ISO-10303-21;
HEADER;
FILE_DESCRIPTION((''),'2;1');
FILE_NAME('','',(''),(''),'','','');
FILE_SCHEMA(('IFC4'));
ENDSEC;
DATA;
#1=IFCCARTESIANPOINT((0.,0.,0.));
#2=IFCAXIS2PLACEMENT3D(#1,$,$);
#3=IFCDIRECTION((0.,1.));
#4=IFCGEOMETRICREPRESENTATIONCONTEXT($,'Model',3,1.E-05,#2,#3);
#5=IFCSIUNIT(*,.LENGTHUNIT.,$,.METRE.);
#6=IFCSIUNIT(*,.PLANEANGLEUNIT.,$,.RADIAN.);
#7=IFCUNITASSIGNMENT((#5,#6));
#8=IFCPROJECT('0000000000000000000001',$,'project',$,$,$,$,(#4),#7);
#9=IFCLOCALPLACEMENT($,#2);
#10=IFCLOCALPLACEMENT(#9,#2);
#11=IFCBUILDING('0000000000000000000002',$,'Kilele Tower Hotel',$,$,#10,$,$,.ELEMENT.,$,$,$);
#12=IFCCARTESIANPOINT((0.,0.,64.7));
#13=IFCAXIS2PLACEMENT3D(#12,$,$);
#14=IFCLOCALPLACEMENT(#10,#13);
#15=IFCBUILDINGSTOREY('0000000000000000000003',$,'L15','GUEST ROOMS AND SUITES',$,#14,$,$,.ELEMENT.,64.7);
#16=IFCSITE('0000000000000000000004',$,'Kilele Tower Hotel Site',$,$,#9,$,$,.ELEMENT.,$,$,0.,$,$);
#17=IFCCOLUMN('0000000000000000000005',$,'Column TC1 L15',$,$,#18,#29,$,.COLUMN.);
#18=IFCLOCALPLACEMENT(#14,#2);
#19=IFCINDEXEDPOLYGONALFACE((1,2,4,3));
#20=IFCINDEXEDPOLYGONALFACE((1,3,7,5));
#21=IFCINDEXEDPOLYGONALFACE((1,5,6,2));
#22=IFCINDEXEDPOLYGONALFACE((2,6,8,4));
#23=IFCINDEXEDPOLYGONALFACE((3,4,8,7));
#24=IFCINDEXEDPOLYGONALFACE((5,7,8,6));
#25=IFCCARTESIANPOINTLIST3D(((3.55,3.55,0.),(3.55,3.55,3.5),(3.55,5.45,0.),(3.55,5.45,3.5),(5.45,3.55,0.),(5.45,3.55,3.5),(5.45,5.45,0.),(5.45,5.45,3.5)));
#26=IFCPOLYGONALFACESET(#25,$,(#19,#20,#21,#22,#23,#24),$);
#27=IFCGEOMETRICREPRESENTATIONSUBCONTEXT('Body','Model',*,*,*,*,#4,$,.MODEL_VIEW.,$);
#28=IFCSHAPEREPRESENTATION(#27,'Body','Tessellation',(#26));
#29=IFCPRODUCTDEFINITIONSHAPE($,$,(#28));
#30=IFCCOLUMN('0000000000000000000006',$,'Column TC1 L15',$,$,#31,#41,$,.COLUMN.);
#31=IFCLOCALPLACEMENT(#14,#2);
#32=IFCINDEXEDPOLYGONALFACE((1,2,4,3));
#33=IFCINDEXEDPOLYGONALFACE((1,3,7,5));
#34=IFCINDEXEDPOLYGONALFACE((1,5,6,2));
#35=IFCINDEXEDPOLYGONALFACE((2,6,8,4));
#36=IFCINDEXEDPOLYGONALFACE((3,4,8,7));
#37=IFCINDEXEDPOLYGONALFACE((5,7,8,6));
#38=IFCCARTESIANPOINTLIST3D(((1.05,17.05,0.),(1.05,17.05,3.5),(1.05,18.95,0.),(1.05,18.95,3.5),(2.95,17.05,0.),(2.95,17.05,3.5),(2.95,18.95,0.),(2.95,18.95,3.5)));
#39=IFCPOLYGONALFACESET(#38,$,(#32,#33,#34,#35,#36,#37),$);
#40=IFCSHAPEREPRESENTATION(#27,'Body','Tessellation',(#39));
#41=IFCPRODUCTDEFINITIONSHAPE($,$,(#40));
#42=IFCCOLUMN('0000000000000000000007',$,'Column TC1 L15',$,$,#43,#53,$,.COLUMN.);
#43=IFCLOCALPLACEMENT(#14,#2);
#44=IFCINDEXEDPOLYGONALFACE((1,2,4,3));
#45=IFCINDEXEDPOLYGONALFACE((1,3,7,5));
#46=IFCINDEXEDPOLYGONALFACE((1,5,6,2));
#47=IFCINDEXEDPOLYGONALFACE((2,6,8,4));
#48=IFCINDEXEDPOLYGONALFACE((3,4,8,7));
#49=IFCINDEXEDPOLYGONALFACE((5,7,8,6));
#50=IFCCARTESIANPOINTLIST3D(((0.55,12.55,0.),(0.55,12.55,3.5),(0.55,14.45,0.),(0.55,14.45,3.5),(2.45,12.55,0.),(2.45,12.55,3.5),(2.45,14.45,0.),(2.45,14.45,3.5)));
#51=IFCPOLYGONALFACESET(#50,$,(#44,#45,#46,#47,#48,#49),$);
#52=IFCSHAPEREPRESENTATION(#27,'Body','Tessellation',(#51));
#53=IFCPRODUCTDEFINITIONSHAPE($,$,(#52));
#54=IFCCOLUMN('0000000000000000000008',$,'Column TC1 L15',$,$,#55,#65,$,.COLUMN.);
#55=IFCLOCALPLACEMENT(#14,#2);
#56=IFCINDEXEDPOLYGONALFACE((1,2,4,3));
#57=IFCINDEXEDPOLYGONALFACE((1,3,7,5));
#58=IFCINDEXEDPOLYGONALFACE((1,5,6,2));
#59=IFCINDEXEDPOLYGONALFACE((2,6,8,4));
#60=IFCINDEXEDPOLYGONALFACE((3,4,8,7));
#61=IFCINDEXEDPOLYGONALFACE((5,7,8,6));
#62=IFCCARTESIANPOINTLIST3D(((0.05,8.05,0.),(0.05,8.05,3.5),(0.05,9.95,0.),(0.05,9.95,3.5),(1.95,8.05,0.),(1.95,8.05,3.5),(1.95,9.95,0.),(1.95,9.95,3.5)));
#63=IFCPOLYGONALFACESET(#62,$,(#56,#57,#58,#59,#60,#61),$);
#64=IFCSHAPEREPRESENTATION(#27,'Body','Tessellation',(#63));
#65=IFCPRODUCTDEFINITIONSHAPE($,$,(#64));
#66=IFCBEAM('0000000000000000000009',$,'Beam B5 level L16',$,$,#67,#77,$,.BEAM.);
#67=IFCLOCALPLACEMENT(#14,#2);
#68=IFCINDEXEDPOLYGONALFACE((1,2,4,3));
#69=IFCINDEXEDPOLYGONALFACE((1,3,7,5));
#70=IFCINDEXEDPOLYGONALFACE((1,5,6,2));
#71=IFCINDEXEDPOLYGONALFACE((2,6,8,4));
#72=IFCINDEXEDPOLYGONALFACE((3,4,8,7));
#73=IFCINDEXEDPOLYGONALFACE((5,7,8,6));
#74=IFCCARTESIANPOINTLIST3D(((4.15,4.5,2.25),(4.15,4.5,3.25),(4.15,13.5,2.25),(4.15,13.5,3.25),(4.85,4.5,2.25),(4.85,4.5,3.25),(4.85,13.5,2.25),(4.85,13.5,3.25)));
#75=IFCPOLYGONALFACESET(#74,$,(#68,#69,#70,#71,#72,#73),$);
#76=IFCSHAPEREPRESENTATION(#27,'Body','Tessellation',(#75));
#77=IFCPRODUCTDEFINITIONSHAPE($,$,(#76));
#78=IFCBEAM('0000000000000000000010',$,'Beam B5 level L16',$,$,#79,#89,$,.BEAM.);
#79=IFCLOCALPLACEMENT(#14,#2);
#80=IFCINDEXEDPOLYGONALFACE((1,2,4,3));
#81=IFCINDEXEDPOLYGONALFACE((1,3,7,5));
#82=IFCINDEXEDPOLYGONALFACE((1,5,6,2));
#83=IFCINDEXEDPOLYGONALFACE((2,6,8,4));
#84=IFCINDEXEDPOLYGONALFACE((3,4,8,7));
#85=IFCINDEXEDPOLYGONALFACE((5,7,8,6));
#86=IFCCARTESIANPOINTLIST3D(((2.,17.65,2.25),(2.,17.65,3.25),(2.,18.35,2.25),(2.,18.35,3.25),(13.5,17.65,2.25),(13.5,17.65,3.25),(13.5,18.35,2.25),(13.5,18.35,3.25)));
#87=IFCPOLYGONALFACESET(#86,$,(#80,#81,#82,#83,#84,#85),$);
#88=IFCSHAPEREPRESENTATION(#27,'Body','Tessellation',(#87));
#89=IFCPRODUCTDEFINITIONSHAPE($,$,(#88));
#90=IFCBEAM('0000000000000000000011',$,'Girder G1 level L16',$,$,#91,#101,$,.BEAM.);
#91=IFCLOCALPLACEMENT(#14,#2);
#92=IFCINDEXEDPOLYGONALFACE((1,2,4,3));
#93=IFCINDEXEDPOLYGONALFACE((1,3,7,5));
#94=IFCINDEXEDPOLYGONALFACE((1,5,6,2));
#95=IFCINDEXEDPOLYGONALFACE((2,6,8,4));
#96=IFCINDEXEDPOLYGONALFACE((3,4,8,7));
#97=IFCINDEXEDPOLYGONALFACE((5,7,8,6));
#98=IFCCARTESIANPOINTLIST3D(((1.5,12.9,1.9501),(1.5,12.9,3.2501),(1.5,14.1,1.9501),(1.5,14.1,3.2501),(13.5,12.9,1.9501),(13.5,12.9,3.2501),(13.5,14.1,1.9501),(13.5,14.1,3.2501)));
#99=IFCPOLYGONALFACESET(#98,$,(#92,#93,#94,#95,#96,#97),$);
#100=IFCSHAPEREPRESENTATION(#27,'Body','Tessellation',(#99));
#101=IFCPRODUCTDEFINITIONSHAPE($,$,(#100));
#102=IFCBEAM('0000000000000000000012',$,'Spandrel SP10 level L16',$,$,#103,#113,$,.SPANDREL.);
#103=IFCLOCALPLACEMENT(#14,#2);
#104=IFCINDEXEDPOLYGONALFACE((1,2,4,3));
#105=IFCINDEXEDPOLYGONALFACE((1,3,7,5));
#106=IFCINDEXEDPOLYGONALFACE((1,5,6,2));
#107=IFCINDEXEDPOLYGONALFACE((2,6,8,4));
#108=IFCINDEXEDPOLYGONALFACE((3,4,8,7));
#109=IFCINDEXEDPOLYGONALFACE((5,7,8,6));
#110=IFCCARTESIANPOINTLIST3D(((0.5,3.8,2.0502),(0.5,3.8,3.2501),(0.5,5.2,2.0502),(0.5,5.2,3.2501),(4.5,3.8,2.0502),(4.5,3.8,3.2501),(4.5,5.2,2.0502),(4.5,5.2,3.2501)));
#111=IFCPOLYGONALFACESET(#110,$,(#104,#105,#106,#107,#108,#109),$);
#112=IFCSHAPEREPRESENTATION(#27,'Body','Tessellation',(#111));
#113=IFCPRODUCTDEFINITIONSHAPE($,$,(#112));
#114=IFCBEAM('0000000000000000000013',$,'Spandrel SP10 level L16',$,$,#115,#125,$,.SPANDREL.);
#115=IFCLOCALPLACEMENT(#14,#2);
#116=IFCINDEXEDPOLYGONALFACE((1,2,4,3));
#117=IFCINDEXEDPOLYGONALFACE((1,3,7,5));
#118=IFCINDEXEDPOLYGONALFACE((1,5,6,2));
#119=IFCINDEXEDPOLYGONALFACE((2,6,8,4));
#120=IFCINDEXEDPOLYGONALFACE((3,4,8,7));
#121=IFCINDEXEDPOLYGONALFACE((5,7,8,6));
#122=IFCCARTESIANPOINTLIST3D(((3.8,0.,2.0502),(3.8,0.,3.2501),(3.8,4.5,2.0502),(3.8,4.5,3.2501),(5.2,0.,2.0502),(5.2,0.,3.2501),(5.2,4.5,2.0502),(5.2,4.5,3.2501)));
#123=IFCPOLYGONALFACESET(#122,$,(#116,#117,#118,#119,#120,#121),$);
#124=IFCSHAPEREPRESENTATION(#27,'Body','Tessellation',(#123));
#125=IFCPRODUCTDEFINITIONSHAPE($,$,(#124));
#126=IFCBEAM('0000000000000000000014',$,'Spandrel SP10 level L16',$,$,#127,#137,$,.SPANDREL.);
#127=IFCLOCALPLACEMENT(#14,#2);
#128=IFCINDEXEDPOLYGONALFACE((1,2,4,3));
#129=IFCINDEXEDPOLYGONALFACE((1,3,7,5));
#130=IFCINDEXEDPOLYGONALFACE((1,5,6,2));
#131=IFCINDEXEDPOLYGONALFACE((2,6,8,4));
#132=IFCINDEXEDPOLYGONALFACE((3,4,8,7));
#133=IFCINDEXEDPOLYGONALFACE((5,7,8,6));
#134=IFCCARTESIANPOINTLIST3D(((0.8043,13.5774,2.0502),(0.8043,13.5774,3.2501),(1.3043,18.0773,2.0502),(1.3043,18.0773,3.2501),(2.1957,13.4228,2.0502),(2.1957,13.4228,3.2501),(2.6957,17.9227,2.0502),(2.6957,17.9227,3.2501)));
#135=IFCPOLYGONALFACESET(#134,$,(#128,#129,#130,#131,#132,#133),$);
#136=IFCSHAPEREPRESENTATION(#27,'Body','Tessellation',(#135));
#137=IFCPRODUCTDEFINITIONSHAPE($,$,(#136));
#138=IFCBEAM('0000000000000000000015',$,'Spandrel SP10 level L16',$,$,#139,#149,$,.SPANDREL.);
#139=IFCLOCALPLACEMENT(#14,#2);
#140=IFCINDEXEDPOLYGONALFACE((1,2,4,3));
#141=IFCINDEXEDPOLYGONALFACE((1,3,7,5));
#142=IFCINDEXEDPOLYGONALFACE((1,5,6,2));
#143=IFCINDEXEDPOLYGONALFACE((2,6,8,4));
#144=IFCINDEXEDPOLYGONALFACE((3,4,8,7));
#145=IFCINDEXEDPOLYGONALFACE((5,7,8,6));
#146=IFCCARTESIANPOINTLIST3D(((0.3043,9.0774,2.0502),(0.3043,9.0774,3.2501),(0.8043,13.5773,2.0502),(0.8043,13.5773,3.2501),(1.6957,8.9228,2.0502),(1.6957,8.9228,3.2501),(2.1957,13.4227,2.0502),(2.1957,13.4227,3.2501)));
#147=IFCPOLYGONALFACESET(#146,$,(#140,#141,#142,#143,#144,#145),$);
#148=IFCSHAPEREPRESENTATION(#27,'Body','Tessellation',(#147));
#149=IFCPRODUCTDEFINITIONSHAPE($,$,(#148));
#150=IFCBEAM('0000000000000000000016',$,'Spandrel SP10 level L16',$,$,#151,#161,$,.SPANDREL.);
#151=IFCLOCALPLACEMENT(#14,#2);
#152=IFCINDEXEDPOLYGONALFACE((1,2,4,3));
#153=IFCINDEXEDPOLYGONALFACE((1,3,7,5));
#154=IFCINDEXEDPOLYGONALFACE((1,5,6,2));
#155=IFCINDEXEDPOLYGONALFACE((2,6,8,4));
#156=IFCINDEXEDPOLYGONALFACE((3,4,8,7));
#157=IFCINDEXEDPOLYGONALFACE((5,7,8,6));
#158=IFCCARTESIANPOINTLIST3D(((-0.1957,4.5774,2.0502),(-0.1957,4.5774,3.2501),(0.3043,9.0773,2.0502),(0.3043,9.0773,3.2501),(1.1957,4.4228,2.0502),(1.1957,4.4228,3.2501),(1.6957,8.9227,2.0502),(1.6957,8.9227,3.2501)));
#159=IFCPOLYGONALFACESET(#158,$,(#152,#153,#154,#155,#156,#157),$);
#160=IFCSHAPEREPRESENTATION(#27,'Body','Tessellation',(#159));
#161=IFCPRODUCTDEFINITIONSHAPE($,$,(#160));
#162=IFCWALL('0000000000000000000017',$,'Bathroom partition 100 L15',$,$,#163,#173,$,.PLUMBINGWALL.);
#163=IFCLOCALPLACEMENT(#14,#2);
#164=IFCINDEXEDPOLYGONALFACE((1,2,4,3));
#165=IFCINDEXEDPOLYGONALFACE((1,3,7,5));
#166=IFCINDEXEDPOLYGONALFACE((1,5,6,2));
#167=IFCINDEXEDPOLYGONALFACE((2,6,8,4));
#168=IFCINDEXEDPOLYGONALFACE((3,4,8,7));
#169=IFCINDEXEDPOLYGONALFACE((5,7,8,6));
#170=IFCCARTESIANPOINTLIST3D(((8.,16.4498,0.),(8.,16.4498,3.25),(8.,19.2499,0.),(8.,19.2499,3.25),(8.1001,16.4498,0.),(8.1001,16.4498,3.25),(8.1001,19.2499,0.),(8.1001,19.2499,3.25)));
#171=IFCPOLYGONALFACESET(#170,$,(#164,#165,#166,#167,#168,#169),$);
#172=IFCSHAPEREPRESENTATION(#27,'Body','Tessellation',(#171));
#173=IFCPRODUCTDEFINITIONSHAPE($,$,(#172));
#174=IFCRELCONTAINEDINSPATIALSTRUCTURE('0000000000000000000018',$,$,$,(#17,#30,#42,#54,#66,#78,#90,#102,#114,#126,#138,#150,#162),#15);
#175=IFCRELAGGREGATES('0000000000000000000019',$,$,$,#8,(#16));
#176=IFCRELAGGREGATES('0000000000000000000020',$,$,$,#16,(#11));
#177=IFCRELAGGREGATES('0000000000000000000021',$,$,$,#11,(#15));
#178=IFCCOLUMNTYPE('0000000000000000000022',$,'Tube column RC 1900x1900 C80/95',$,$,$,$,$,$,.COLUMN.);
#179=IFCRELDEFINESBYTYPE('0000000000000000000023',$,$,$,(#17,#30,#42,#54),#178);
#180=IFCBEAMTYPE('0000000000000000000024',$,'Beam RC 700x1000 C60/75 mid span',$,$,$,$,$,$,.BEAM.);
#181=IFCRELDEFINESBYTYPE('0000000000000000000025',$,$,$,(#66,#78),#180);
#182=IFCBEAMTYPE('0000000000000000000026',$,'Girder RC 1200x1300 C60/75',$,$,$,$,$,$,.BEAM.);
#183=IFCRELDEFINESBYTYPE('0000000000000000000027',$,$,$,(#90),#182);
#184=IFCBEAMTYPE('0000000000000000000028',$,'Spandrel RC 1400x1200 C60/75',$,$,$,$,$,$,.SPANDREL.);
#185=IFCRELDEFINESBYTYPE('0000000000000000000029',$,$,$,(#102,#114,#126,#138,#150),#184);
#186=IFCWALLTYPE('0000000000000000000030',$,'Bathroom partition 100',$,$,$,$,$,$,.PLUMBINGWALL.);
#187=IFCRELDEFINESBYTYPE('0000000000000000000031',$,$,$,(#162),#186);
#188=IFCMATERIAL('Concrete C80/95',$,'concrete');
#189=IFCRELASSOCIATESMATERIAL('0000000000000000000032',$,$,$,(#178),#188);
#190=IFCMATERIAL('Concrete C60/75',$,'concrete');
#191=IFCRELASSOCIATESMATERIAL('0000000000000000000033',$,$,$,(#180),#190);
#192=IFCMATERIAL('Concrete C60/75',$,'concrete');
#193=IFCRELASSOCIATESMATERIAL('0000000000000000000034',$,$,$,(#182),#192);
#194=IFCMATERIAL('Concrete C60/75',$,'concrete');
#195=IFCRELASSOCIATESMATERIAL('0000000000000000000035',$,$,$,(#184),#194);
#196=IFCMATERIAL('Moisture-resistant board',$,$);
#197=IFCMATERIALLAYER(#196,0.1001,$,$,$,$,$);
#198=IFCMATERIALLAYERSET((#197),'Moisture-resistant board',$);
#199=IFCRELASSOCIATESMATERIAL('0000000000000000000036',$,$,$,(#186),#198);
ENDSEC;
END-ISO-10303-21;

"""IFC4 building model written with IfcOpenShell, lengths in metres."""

from ifc_helpers import new_model, si_unit, direction, frame, frame_2d, origin, origin_2d, place, context, subcontext, project, spatial, rectangle, extrude, material, layer, layer_set, material_profile, profile_set, type_object, element, save


model = new_model("IFC4")

# Units and contexts
model_context = context("Model", 3, precision=1e-05, world=origin(), true_north=direction((0.0, 1.0)))
body_context = subcontext(model_context, "Body", "Model", "MODEL_VIEW")
ifc_project = project(units=[si_unit("LENGTHUNIT", "METRE"), si_unit("PLANEANGLEUNIT", "RADIAN")], contexts=[model_context])

# Site, building, storey
site_placement = place(None, origin())
site = spatial("IfcSite", under=ifc_project, at=site_placement, Name="Kilele Tower Hotel Site", CompositionType="ELEMENT", RefElevation=0.0)
building_placement = place(site_placement, origin())
building = spatial("IfcBuilding", under=site, at=building_placement, Name="Kilele Tower Hotel", CompositionType="ELEMENT")
storey_placement = place(building_placement, frame((0.0, 0.0, 64.7)))
storey = spatial("IfcBuildingStorey", under=building, at=storey_placement, Name="L15", Description="GUEST ROOMS AND SUITES", CompositionType="ELEMENT", Elevation=64.7)

# Columns
ifc_material_1 = material(Name="Concrete C80/95", Category="concrete")
ifc_material_profile_1 = material_profile(ifc_material_1, rectangle(XDim=1.8999, YDim=1.8999, at=origin_2d()))
ifc_profile_set_1 = profile_set([ifc_material_profile_1], Name="Concrete C80/95")
column_type = type_object("IfcColumnType", Name="Tube column RC 1900x1900 C80/95", PredefinedType="COLUMN", material=ifc_profile_set_1)
for number, where, z_axis, x_axis, name in (
    (1, (4.5, 4.5, 0.0), (0.0, 0.0, 1.0), (1.0, 0.0, 0.0), "Column TC1 L15"),
    (2, (2.0, 18.0, 0.0), (0.0, 0.0, 1.0), (1.0, 0.0, 0.0), "Column TC1 L15"),
    (3, (1.5, 13.5, 0.0), (0.0, 0.0, 1.0), (1.0, 0.0, 0.0), "Column TC1 L15"),
    (4, (1.0, 9.0, 0.0), (0.0, 0.0, 1.0), (1.0, 0.0, 0.0), "Column TC1 L15"),
):
    element("IfcColumn", number, at=place(storey_placement, frame(where, z_axis=z_axis, x_axis=x_axis)), inside=storey, type_object=column_type, Name=name, PredefinedType="COLUMN", context=body_context, shape_type="SweptSolid", body=[
        extrude(rectangle(XDim=1.8999, YDim=1.8999, at=origin_2d()), origin(), (0.0, 0.0, 1.0), 3.5),
    ])

# Beams
ifc_material_2 = material(Name="Concrete C60/75", Category="concrete")
ifc_material_profile_2 = material_profile(ifc_material_2, rectangle(XDim=0.7, YDim=1.0, at=origin_2d()))
ifc_profile_set_2 = profile_set([ifc_material_profile_2], Name="Concrete C60/75")
beam_type_1 = type_object("IfcBeamType", Name="Beam RC 700x1000 C60/75 mid span", PredefinedType="BEAM", material=ifc_profile_set_2)
beam_1_placement = place(storey_placement, frame((4.5, 4.5, 2.75), z_axis=(0.0, 1.0, 0.0), x_axis=(-1.0, 0.0, 0.0)))
element("IfcBeam", 5, at=beam_1_placement, inside=storey, type_object=beam_type_1, Name="Beam B5 level L16", PredefinedType="BEAM", context=body_context, shape_type="SweptSolid", body=[
    extrude(rectangle(XDim=0.7, YDim=1.0, at=origin_2d()), origin(), (0.0, 0.0, 1.0), 9.0),
])
beam_2_placement = place(storey_placement, frame((2.0, 18.0, 2.75), z_axis=(1.0, 0.0, 0.0), x_axis=(0.0, 1.0, 0.0)))
element("IfcBeam", 6, at=beam_2_placement, inside=storey, type_object=beam_type_1, Name="Beam B5 level L16", PredefinedType="BEAM", context=body_context, shape_type="SweptSolid", body=[
    extrude(rectangle(XDim=0.7, YDim=1.0, at=origin_2d()), origin(), (0.0, 0.0, 1.0), 11.5),
])
ifc_material_3 = material(Name="Concrete C60/75", Category="concrete")
ifc_material_profile_3 = material_profile(ifc_material_3, rectangle(XDim=1.2, YDim=1.3, at=origin_2d()))
ifc_profile_set_3 = profile_set([ifc_material_profile_3], Name="Concrete C60/75")
beam_type_2 = type_object("IfcBeamType", Name="Girder RC 1200x1300 C60/75", PredefinedType="BEAM", material=ifc_profile_set_3)
beam_3_placement = place(storey_placement, frame((1.5, 13.5, 2.6001), z_axis=(1.0, 0.0, 0.0), x_axis=(0.0, 1.0, 0.0)))
element("IfcBeam", 7, at=beam_3_placement, inside=storey, type_object=beam_type_2, Name="Girder G1 level L16", PredefinedType="BEAM", context=body_context, shape_type="SweptSolid", body=[
    extrude(rectangle(XDim=1.2, YDim=1.3, at=origin_2d()), origin(), (0.0, 0.0, 1.0), 12.0),
])
ifc_material_4 = material(Name="Concrete C60/75", Category="concrete")
ifc_material_profile_4 = material_profile(ifc_material_4, rectangle(XDim=1.3999, YDim=1.2, at=origin_2d()))
ifc_profile_set_4 = profile_set([ifc_material_profile_4], Name="Concrete C60/75")
beam_type_3 = type_object("IfcBeamType", Name="Spandrel RC 1400x1200 C60/75", PredefinedType="SPANDREL", material=ifc_profile_set_4)
beam_4_placement = place(storey_placement, frame((0.5, 4.5, 2.6501), z_axis=(1.0, 0.0, 0.0), x_axis=(0.0, 1.0, 0.0)))
element("IfcBeam", 8, at=beam_4_placement, inside=storey, type_object=beam_type_3, Name="Spandrel SP10 level L16", PredefinedType="SPANDREL", context=body_context, shape_type="SweptSolid", body=[
    extrude(rectangle(XDim=1.3999, YDim=1.2, at=origin_2d()), origin(), (0.0, 0.0, 1.0), 4.0),
])
beam_5_placement = place(storey_placement, frame((4.5, 4.5, 2.6501), z_axis=(0.0, -1.0, 0.0), x_axis=(1.0, 0.0, 0.0)))
element("IfcBeam", 9, at=beam_5_placement, inside=storey, type_object=beam_type_3, Name="Spandrel SP10 level L16", PredefinedType="SPANDREL", context=body_context, shape_type="SweptSolid", body=[
    extrude(rectangle(XDim=1.3999, YDim=1.2, at=origin_2d()), origin(), (0.0, 0.0, 1.0), 4.5),
])
for number, where, z_axis, x_axis, name in (
    (10, (2.0, 18.0, 2.6501), (-0.110432, -0.993884, 0.0), (0.993884, -0.110432, 0.0), "Spandrel SP10 level L16"),
    (11, (1.5, 13.5, 2.6501), (-0.110432, -0.993884, 0.0), (0.993884, -0.110432, 0.0), "Spandrel SP10 level L16"),
    (12, (1.0, 9.0, 2.6501), (-0.110432, -0.993884, 0.0), (0.993884, -0.110432, 0.0), "Spandrel SP10 level L16"),
):
    element("IfcBeam", number, at=place(storey_placement, frame(where, z_axis=z_axis, x_axis=x_axis)), inside=storey, type_object=beam_type_3, Name=name, PredefinedType="SPANDREL", context=body_context, shape_type="SweptSolid", body=[
        extrude(rectangle(XDim=1.3999, YDim=1.2, at=origin_2d()), origin(), (0.0, 0.0, 1.0), 4.5276),
    ])

# Wall
ifc_material_5 = material(Name="Moisture-resistant board")
ifc_layer_1 = layer(ifc_material_5, 0.1001)
ifc_layer_set_1 = layer_set([ifc_layer_1], Name="Moisture-resistant board")
wall_type_1 = type_object("IfcWallType", Name="Bathroom partition 100", PredefinedType="PLUMBINGWALL", material=ifc_layer_set_1)
wall_1_placement = place(storey_placement, frame((8.05, 16.45, 0.0), z_axis=(0.0, 0.0, 1.0), x_axis=(0.0, 1.0, 0.0)))
element("IfcWall", 13, at=wall_1_placement, inside=storey, type_object=wall_type_1, Name="Bathroom partition 100 L15", PredefinedType="PLUMBINGWALL", context=body_context, shape_type="SweptSolid", body=[
    extrude(rectangle(XDim=2.8, YDim=0.1001, at=frame_2d((1.3999, 0.0))), origin(), (0.0, 0.0, 1.0), 3.25),
])

save(model, "model.ifc")
